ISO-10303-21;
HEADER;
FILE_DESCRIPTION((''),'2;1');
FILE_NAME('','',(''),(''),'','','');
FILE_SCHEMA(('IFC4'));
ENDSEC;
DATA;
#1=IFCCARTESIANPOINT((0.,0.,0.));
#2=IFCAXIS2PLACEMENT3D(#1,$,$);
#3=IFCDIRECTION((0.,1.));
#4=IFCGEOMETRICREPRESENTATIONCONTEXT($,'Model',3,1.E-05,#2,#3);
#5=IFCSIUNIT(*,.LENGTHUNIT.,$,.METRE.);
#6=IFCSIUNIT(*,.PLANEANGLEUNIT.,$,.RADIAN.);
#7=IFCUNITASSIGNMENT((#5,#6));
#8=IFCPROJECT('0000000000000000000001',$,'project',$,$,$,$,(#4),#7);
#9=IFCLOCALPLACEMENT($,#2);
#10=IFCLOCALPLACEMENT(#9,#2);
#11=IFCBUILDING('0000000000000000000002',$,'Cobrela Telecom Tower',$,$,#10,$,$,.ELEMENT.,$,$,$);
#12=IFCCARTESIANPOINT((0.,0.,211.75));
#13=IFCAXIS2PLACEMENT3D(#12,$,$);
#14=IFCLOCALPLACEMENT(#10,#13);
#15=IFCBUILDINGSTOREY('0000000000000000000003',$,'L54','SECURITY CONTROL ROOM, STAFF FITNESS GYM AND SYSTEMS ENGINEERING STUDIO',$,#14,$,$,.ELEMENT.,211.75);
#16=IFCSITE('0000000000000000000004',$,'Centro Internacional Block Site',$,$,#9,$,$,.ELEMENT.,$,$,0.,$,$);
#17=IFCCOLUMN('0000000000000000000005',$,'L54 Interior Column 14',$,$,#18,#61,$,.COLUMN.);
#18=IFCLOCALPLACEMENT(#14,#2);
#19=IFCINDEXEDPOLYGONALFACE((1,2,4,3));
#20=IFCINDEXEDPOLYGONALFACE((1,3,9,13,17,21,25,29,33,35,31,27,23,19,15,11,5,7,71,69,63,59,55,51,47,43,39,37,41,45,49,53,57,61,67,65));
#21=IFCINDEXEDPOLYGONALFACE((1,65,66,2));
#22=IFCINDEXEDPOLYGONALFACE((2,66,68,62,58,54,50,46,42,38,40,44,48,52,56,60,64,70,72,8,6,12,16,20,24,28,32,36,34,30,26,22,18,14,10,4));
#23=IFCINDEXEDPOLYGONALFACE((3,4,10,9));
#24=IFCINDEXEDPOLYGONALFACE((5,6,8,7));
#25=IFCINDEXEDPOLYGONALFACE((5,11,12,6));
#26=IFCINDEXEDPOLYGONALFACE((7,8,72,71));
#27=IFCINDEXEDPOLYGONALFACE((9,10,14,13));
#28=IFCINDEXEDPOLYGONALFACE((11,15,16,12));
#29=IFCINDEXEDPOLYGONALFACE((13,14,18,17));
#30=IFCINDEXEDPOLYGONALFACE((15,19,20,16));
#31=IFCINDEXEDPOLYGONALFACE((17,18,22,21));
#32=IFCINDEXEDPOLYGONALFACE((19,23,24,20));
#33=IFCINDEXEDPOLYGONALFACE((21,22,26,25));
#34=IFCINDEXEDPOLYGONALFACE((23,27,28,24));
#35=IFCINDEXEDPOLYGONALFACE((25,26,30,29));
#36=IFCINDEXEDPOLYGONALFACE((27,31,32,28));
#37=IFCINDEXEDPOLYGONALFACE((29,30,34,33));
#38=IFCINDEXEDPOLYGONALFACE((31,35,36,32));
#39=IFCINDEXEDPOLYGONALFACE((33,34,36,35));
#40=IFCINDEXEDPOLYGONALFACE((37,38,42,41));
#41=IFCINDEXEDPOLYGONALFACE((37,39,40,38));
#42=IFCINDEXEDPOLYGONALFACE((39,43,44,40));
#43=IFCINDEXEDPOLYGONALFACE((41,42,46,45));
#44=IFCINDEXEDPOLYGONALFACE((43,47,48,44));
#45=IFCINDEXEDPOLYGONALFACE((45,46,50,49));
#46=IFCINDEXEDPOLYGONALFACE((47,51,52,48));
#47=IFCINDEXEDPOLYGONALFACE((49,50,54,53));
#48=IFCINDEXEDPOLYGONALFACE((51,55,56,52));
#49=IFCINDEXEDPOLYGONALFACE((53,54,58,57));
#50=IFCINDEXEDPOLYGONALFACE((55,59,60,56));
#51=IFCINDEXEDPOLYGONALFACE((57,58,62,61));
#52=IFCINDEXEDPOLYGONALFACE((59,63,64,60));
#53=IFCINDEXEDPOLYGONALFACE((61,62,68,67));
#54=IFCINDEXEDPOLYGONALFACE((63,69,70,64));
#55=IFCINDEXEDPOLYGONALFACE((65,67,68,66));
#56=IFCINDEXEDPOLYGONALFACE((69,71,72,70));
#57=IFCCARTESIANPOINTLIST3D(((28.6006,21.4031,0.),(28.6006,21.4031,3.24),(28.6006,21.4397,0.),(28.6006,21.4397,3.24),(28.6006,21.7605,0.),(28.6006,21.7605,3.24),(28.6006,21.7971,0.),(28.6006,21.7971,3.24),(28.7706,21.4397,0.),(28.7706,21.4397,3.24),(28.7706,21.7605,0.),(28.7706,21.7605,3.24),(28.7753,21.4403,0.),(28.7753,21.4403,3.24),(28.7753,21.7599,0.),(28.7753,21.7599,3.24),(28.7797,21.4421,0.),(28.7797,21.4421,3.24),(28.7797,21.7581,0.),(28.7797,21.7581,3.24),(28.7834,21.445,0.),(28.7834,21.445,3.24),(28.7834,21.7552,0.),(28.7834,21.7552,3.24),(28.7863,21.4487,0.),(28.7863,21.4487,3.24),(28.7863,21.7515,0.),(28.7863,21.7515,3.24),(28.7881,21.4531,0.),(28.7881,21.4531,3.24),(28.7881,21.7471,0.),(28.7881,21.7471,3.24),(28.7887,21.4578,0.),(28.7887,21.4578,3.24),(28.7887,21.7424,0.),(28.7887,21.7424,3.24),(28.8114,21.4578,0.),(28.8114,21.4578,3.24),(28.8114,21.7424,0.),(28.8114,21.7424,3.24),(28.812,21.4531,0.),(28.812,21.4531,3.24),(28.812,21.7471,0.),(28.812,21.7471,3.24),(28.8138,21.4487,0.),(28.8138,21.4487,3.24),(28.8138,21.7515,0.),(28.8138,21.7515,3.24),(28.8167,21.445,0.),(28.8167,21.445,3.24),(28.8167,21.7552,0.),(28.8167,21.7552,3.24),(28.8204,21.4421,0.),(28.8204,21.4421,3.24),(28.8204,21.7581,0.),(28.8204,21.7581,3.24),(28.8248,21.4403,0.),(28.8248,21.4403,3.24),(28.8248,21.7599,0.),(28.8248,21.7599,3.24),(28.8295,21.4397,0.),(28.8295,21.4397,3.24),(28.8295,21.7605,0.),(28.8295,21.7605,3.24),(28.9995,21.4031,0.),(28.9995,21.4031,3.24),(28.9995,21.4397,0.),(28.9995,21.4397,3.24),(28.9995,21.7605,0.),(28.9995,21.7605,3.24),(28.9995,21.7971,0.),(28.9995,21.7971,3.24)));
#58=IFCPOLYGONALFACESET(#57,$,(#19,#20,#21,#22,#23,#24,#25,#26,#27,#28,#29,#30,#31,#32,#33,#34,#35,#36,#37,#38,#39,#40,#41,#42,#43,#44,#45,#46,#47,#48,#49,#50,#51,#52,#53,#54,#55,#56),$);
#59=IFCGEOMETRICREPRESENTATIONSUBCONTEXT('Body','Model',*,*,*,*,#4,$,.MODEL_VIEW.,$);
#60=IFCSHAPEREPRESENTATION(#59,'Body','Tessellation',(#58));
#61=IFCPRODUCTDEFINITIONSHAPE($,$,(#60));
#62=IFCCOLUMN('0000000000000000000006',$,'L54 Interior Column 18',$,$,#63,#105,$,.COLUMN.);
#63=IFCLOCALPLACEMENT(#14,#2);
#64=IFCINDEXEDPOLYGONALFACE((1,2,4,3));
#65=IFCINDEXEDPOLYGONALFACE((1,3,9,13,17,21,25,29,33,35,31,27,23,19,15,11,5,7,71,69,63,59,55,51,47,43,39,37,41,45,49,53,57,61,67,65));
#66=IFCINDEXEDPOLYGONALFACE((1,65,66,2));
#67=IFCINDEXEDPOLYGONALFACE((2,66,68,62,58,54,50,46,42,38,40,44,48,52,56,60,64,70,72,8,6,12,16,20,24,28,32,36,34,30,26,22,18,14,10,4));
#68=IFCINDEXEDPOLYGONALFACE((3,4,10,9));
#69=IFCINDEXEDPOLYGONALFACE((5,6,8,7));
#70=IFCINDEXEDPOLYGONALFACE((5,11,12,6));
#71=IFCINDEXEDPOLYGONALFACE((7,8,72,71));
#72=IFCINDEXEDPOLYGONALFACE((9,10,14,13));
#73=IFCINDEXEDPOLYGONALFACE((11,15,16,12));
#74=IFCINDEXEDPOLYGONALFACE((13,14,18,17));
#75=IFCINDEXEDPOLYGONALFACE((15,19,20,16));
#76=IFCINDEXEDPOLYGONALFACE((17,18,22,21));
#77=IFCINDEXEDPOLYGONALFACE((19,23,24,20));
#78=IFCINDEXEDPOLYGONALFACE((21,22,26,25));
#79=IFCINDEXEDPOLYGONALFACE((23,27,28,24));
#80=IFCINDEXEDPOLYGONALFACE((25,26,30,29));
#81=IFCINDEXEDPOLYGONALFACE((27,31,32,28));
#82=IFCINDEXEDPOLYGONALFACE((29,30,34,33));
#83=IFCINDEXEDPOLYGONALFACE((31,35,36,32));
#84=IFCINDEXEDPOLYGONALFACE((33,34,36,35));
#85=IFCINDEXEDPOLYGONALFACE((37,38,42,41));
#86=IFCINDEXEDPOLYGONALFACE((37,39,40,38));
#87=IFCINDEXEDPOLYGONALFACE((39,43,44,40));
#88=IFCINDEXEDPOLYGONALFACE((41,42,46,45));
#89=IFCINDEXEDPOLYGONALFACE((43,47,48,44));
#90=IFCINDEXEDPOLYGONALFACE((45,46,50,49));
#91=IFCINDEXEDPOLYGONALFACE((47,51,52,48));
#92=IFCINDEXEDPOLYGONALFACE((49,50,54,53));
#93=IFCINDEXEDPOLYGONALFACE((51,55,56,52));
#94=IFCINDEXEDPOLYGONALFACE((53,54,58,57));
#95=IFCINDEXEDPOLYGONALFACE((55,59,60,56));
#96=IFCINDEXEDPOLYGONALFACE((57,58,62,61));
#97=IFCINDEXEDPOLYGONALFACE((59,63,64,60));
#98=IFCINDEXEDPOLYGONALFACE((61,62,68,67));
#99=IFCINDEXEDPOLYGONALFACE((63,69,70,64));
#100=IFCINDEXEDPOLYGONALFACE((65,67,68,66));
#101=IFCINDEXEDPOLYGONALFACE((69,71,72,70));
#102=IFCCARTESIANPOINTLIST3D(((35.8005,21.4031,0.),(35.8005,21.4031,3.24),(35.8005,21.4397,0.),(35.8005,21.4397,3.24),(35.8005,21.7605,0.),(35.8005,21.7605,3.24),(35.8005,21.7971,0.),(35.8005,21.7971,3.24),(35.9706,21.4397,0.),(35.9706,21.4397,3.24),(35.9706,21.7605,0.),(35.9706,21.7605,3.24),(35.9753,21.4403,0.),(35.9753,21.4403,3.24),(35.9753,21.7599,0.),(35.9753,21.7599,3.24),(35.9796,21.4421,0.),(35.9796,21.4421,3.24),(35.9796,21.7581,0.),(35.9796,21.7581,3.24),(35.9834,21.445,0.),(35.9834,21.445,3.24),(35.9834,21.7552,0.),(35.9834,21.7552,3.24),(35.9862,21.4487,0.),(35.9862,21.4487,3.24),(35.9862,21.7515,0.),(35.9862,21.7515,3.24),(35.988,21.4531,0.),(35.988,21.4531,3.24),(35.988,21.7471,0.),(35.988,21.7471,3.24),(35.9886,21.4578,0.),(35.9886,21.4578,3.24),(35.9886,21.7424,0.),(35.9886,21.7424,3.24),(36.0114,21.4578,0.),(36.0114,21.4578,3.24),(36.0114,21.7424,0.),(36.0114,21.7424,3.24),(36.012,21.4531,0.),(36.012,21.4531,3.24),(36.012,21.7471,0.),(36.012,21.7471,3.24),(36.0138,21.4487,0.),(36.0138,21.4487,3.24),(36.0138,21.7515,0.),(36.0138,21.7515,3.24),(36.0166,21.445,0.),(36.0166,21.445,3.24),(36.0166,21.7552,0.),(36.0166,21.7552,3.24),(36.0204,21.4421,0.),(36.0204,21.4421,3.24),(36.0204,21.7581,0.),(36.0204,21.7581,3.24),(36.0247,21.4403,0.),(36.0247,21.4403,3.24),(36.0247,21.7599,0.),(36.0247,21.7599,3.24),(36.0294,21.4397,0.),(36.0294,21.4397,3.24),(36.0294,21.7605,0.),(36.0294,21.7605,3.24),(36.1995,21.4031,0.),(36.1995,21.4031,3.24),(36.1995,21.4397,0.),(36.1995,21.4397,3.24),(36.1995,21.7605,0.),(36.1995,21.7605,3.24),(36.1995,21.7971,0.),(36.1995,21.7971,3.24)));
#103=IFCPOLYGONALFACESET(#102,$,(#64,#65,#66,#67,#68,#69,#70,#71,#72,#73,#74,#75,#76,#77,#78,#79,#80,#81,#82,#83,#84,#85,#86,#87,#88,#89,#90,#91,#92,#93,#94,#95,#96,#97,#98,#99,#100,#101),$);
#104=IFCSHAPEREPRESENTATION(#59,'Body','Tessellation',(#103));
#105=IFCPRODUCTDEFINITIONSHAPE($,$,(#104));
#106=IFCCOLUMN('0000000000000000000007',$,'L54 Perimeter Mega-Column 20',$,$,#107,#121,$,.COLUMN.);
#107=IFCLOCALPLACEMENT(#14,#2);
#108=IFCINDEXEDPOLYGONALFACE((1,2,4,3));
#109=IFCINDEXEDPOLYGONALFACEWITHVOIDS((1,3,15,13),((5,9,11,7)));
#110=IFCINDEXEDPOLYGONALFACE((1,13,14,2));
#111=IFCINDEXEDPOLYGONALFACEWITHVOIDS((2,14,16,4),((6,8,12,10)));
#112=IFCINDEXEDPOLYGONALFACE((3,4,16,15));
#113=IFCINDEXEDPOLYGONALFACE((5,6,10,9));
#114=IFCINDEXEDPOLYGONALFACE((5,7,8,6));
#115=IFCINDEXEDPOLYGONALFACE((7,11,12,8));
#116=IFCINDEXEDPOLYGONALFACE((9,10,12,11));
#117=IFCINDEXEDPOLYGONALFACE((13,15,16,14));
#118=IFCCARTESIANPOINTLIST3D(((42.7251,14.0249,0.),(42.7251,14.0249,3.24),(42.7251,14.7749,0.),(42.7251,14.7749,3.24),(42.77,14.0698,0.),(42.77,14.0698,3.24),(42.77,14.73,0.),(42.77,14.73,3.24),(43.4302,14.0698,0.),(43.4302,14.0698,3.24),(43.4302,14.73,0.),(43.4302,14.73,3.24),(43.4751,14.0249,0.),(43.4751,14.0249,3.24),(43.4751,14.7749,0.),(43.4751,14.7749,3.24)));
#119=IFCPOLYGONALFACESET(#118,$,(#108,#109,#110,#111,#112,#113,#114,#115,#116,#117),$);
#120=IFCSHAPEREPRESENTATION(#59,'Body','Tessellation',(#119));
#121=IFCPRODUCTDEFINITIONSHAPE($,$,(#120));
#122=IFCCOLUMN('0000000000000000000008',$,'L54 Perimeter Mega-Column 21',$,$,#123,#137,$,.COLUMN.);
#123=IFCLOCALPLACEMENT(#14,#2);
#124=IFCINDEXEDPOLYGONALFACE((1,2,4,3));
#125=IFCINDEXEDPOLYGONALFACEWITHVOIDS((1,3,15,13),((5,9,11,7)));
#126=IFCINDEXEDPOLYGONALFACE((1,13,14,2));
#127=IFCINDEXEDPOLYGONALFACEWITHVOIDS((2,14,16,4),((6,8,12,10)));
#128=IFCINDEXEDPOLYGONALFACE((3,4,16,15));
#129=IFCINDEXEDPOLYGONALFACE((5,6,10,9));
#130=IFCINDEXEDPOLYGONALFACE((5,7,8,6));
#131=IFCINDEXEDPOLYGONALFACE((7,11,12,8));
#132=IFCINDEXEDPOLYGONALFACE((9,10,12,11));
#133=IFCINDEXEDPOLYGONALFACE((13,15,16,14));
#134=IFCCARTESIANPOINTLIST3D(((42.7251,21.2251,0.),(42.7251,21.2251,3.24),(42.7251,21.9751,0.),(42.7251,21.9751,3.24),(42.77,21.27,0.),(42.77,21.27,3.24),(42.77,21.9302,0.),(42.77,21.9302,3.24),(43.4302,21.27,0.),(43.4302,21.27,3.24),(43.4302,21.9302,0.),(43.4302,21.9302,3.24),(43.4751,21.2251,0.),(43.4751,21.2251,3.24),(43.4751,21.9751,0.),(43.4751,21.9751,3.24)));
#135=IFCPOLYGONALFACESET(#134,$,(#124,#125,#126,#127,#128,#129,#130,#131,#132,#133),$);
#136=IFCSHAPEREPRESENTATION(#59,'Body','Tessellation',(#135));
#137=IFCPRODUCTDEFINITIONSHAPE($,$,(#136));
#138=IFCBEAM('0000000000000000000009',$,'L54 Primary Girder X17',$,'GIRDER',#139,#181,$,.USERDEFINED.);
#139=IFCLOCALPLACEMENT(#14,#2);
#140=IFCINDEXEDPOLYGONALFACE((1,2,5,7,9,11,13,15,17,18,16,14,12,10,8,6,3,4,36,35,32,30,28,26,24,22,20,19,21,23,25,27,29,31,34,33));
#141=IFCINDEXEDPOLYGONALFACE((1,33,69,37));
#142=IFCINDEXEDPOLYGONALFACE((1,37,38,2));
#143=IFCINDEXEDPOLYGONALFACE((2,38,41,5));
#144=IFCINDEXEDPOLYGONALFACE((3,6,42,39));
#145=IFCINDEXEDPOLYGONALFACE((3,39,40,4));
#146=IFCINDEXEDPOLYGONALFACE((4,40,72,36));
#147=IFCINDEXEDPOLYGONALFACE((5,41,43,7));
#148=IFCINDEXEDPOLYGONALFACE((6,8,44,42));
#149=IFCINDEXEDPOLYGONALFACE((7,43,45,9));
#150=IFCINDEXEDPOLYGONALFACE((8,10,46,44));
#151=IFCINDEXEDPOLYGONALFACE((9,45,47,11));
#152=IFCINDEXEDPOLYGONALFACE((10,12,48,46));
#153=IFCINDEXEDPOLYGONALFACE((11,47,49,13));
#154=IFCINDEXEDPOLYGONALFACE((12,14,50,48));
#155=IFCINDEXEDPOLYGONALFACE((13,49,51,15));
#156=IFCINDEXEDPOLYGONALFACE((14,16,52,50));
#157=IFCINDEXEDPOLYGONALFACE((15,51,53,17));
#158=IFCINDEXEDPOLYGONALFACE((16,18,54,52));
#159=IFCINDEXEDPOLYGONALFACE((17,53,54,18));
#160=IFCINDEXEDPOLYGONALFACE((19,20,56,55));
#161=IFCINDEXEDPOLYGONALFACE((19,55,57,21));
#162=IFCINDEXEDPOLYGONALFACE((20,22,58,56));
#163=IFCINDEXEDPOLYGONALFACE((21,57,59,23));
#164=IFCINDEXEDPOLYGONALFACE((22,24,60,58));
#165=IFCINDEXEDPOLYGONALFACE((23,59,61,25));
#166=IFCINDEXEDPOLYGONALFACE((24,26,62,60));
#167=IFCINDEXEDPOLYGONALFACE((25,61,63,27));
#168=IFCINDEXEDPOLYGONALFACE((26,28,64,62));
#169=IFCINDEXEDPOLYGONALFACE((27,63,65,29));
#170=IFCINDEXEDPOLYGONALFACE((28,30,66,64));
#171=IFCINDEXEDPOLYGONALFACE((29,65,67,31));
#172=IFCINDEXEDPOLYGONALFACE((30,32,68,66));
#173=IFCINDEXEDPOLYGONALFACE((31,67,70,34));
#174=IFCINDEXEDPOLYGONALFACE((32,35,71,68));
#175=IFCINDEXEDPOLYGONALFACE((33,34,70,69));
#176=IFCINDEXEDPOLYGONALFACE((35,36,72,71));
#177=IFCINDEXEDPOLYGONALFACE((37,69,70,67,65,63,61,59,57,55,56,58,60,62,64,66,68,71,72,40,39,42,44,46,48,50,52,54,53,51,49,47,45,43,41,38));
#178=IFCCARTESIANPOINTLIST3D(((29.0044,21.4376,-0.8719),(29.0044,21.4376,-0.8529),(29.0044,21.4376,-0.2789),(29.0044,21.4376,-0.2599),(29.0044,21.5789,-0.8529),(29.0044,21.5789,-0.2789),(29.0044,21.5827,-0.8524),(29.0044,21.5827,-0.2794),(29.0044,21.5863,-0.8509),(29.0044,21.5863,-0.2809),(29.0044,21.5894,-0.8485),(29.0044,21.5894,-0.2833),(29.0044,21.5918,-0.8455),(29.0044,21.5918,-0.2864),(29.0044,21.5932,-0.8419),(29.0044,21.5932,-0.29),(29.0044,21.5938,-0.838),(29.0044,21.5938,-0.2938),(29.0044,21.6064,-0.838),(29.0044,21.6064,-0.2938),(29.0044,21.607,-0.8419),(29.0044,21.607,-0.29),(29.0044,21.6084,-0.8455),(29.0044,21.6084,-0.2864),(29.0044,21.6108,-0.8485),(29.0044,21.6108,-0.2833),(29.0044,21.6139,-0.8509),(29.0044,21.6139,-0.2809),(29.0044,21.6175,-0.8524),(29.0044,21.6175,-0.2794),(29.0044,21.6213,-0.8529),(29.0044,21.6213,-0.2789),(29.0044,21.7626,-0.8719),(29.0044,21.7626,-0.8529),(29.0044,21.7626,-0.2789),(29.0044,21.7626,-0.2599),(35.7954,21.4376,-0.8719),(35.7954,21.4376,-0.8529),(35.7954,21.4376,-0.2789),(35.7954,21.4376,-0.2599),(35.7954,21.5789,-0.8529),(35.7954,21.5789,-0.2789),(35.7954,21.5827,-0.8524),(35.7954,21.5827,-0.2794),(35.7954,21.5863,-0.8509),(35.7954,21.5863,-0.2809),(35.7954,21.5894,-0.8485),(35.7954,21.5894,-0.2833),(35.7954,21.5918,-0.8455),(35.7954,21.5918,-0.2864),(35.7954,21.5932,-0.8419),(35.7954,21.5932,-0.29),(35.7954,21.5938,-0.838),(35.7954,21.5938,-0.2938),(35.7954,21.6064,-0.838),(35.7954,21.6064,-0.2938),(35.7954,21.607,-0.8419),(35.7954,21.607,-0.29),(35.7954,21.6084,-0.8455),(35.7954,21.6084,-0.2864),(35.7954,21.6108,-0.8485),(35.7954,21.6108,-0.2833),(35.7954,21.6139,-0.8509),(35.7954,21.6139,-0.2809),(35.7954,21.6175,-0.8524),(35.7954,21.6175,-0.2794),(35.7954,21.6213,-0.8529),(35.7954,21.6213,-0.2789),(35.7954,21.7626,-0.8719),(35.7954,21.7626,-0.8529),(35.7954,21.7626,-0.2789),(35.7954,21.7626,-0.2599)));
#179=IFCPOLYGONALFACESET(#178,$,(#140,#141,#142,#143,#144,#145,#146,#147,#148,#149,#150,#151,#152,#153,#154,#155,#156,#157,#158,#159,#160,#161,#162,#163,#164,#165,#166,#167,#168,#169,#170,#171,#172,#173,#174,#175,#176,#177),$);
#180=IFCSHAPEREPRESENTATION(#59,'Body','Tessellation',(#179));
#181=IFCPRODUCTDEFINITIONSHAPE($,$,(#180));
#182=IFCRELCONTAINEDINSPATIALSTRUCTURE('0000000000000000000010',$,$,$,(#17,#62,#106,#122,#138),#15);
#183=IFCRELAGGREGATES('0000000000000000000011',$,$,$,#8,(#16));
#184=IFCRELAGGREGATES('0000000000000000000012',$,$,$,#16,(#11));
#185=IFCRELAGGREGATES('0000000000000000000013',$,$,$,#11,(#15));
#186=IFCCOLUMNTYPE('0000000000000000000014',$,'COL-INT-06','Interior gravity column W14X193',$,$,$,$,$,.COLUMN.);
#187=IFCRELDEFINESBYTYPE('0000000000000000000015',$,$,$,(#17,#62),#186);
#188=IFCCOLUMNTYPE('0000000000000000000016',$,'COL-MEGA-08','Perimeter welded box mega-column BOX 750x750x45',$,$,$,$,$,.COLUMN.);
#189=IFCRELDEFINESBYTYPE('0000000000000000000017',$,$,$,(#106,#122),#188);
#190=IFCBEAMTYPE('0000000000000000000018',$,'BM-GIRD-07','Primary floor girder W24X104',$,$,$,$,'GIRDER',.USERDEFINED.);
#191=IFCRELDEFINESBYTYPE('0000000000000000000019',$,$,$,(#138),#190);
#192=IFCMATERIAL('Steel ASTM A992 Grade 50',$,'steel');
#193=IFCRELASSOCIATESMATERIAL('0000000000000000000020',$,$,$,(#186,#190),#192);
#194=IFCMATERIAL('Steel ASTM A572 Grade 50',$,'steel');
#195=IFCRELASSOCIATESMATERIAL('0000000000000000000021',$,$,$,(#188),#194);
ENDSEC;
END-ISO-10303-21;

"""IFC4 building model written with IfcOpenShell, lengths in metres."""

from ifc_helpers import new_model, si_unit, direction, frame, origin, origin_2d, place, context, subcontext, project, spatial, hollow_rectangle, i_section, extrude, material, material_profile, profile_set, type_object, element, save


model = new_model("IFC4")

# Units and contexts
model_context = context("Model", 3, precision=1e-05, world=origin(), true_north=direction((0.0, 1.0)))
body_context = subcontext(model_context, "Body", "Model", "MODEL_VIEW")
ifc_project = project(units=[si_unit("LENGTHUNIT", "METRE"), si_unit("PLANEANGLEUNIT", "RADIAN")], contexts=[model_context])

# Site, building, storey
site_placement = place(None, origin())
site = spatial("IfcSite", under=ifc_project, at=site_placement, Name="Centro Internacional Block Site", CompositionType="ELEMENT", RefElevation=0.0)
building_placement = place(site_placement, origin())
building = spatial("IfcBuilding", under=site, at=building_placement, Name="Cobrela Telecom Tower", CompositionType="ELEMENT")
storey_placement = place(building_placement, frame((0.0, 0.0, 211.75)))
storey = spatial("IfcBuildingStorey", under=building, at=storey_placement, Name="L54", Description="SECURITY CONTROL ROOM, STAFF FITNESS GYM AND SYSTEMS ENGINEERING STUDIO", CompositionType="ELEMENT", Elevation=211.75)

# Columns
ifc_material_1 = material(Name="Steel ASTM A992 Grade 50", Category="steel")
ifc_material_profile_1 = material_profile(ifc_material_1, i_section(OverallWidth=0.3989, OverallDepth=0.394, WebThickness=0.0227, FlangeThickness=0.0366, FilletRadius=0.0181, at=origin_2d()), Name="W14X193")
ifc_profile_set_1 = profile_set([ifc_material_profile_1], Name="Steel ASTM A992 Grade 50")
column_type_1 = type_object("IfcColumnType", Name="COL-INT-06", Description="Interior gravity column W14X193", PredefinedType="COLUMN", material=ifc_profile_set_1)
for number, where, z_axis, x_axis, name in (
    (1, (28.8, 21.6001, 0.0), (0.0, 0.0, 1.0), (1.0, 0.0, 0.0), "L54 Interior Column 14"),
    (2, (36.0, 21.6001, 0.0), (0.0, 0.0, 1.0), (1.0, 0.0, 0.0), "L54 Interior Column 18"),
):
    element("IfcColumn", number, at=place(storey_placement, frame(where, z_axis=z_axis, x_axis=x_axis)), inside=storey, type_object=column_type_1, Name=name, PredefinedType="COLUMN", context=body_context, shape_type="SweptSolid", body=[
        extrude(i_section(OverallWidth=0.3989, OverallDepth=0.394, WebThickness=0.0227, FlangeThickness=0.0366, FilletRadius=0.0181, at=origin_2d()), origin(), (0.0, 0.0, 1.0), 3.24),
    ])
ifc_material_2 = material(Name="Steel ASTM A572 Grade 50", Category="steel")
ifc_material_profile_2 = material_profile(ifc_material_2, hollow_rectangle(XDim=0.75, YDim=0.75, WallThickness=0.0449, at=origin_2d()), Name="BOX 750x750x45")
ifc_profile_set_2 = profile_set([ifc_material_profile_2], Name="Steel ASTM A572 Grade 50")
column_type_2 = type_object("IfcColumnType", Name="COL-MEGA-08", Description="Perimeter welded box mega-column BOX 750x750x45", PredefinedType="COLUMN", material=ifc_profile_set_2)
for number, where, z_axis, x_axis, name in (
    (3, (43.1001, 14.3999, 0.0), (0.0, 0.0, 1.0), (1.0, 0.0, 0.0), "L54 Perimeter Mega-Column 20"),
    (4, (43.1001, 21.6001, 0.0), (0.0, 0.0, 1.0), (1.0, 0.0, 0.0), "L54 Perimeter Mega-Column 21"),
):
    element("IfcColumn", number, at=place(storey_placement, frame(where, z_axis=z_axis, x_axis=x_axis)), inside=storey, type_object=column_type_2, Name=name, PredefinedType="COLUMN", context=body_context, shape_type="SweptSolid", body=[
        extrude(hollow_rectangle(XDim=0.75, YDim=0.75, WallThickness=0.0449, at=origin_2d()), origin(), (0.0, 0.0, 1.0), 3.24),
    ])

# Beam
ifc_material_profile_3 = material_profile(ifc_material_1, i_section(OverallWidth=0.325, OverallDepth=0.6121, WebThickness=0.0127, FlangeThickness=0.019, FilletRadius=0.0149, at=origin_2d()), Name="W24X104")
ifc_profile_set_3 = profile_set([ifc_material_profile_3], Name="Steel ASTM A992 Grade 50")
beam_type_1 = type_object("IfcBeamType", Name="BM-GIRD-07", Description="Primary floor girder W24X104", ElementType="GIRDER", PredefinedType="USERDEFINED", material=ifc_profile_set_3)
beam_1_placement = place(storey_placement, frame((29.0044, 21.6001, -0.5659), z_axis=(1.0, 0.0, 0.0), x_axis=(0.0, 1.0, 0.0)))
element("IfcBeam", 5, at=beam_1_placement, inside=storey, type_object=beam_type_1, Name="L54 Primary Girder X17", ObjectType="GIRDER", PredefinedType="USERDEFINED", context=body_context, shape_type="SweptSolid", body=[
    extrude(i_section(OverallWidth=0.325, OverallDepth=0.6121, WebThickness=0.0127, FlangeThickness=0.019, FilletRadius=0.0149, at=origin_2d()), origin(), (0.0, 0.0, 1.0), 6.791),
])

save(model, "model.ifc")
